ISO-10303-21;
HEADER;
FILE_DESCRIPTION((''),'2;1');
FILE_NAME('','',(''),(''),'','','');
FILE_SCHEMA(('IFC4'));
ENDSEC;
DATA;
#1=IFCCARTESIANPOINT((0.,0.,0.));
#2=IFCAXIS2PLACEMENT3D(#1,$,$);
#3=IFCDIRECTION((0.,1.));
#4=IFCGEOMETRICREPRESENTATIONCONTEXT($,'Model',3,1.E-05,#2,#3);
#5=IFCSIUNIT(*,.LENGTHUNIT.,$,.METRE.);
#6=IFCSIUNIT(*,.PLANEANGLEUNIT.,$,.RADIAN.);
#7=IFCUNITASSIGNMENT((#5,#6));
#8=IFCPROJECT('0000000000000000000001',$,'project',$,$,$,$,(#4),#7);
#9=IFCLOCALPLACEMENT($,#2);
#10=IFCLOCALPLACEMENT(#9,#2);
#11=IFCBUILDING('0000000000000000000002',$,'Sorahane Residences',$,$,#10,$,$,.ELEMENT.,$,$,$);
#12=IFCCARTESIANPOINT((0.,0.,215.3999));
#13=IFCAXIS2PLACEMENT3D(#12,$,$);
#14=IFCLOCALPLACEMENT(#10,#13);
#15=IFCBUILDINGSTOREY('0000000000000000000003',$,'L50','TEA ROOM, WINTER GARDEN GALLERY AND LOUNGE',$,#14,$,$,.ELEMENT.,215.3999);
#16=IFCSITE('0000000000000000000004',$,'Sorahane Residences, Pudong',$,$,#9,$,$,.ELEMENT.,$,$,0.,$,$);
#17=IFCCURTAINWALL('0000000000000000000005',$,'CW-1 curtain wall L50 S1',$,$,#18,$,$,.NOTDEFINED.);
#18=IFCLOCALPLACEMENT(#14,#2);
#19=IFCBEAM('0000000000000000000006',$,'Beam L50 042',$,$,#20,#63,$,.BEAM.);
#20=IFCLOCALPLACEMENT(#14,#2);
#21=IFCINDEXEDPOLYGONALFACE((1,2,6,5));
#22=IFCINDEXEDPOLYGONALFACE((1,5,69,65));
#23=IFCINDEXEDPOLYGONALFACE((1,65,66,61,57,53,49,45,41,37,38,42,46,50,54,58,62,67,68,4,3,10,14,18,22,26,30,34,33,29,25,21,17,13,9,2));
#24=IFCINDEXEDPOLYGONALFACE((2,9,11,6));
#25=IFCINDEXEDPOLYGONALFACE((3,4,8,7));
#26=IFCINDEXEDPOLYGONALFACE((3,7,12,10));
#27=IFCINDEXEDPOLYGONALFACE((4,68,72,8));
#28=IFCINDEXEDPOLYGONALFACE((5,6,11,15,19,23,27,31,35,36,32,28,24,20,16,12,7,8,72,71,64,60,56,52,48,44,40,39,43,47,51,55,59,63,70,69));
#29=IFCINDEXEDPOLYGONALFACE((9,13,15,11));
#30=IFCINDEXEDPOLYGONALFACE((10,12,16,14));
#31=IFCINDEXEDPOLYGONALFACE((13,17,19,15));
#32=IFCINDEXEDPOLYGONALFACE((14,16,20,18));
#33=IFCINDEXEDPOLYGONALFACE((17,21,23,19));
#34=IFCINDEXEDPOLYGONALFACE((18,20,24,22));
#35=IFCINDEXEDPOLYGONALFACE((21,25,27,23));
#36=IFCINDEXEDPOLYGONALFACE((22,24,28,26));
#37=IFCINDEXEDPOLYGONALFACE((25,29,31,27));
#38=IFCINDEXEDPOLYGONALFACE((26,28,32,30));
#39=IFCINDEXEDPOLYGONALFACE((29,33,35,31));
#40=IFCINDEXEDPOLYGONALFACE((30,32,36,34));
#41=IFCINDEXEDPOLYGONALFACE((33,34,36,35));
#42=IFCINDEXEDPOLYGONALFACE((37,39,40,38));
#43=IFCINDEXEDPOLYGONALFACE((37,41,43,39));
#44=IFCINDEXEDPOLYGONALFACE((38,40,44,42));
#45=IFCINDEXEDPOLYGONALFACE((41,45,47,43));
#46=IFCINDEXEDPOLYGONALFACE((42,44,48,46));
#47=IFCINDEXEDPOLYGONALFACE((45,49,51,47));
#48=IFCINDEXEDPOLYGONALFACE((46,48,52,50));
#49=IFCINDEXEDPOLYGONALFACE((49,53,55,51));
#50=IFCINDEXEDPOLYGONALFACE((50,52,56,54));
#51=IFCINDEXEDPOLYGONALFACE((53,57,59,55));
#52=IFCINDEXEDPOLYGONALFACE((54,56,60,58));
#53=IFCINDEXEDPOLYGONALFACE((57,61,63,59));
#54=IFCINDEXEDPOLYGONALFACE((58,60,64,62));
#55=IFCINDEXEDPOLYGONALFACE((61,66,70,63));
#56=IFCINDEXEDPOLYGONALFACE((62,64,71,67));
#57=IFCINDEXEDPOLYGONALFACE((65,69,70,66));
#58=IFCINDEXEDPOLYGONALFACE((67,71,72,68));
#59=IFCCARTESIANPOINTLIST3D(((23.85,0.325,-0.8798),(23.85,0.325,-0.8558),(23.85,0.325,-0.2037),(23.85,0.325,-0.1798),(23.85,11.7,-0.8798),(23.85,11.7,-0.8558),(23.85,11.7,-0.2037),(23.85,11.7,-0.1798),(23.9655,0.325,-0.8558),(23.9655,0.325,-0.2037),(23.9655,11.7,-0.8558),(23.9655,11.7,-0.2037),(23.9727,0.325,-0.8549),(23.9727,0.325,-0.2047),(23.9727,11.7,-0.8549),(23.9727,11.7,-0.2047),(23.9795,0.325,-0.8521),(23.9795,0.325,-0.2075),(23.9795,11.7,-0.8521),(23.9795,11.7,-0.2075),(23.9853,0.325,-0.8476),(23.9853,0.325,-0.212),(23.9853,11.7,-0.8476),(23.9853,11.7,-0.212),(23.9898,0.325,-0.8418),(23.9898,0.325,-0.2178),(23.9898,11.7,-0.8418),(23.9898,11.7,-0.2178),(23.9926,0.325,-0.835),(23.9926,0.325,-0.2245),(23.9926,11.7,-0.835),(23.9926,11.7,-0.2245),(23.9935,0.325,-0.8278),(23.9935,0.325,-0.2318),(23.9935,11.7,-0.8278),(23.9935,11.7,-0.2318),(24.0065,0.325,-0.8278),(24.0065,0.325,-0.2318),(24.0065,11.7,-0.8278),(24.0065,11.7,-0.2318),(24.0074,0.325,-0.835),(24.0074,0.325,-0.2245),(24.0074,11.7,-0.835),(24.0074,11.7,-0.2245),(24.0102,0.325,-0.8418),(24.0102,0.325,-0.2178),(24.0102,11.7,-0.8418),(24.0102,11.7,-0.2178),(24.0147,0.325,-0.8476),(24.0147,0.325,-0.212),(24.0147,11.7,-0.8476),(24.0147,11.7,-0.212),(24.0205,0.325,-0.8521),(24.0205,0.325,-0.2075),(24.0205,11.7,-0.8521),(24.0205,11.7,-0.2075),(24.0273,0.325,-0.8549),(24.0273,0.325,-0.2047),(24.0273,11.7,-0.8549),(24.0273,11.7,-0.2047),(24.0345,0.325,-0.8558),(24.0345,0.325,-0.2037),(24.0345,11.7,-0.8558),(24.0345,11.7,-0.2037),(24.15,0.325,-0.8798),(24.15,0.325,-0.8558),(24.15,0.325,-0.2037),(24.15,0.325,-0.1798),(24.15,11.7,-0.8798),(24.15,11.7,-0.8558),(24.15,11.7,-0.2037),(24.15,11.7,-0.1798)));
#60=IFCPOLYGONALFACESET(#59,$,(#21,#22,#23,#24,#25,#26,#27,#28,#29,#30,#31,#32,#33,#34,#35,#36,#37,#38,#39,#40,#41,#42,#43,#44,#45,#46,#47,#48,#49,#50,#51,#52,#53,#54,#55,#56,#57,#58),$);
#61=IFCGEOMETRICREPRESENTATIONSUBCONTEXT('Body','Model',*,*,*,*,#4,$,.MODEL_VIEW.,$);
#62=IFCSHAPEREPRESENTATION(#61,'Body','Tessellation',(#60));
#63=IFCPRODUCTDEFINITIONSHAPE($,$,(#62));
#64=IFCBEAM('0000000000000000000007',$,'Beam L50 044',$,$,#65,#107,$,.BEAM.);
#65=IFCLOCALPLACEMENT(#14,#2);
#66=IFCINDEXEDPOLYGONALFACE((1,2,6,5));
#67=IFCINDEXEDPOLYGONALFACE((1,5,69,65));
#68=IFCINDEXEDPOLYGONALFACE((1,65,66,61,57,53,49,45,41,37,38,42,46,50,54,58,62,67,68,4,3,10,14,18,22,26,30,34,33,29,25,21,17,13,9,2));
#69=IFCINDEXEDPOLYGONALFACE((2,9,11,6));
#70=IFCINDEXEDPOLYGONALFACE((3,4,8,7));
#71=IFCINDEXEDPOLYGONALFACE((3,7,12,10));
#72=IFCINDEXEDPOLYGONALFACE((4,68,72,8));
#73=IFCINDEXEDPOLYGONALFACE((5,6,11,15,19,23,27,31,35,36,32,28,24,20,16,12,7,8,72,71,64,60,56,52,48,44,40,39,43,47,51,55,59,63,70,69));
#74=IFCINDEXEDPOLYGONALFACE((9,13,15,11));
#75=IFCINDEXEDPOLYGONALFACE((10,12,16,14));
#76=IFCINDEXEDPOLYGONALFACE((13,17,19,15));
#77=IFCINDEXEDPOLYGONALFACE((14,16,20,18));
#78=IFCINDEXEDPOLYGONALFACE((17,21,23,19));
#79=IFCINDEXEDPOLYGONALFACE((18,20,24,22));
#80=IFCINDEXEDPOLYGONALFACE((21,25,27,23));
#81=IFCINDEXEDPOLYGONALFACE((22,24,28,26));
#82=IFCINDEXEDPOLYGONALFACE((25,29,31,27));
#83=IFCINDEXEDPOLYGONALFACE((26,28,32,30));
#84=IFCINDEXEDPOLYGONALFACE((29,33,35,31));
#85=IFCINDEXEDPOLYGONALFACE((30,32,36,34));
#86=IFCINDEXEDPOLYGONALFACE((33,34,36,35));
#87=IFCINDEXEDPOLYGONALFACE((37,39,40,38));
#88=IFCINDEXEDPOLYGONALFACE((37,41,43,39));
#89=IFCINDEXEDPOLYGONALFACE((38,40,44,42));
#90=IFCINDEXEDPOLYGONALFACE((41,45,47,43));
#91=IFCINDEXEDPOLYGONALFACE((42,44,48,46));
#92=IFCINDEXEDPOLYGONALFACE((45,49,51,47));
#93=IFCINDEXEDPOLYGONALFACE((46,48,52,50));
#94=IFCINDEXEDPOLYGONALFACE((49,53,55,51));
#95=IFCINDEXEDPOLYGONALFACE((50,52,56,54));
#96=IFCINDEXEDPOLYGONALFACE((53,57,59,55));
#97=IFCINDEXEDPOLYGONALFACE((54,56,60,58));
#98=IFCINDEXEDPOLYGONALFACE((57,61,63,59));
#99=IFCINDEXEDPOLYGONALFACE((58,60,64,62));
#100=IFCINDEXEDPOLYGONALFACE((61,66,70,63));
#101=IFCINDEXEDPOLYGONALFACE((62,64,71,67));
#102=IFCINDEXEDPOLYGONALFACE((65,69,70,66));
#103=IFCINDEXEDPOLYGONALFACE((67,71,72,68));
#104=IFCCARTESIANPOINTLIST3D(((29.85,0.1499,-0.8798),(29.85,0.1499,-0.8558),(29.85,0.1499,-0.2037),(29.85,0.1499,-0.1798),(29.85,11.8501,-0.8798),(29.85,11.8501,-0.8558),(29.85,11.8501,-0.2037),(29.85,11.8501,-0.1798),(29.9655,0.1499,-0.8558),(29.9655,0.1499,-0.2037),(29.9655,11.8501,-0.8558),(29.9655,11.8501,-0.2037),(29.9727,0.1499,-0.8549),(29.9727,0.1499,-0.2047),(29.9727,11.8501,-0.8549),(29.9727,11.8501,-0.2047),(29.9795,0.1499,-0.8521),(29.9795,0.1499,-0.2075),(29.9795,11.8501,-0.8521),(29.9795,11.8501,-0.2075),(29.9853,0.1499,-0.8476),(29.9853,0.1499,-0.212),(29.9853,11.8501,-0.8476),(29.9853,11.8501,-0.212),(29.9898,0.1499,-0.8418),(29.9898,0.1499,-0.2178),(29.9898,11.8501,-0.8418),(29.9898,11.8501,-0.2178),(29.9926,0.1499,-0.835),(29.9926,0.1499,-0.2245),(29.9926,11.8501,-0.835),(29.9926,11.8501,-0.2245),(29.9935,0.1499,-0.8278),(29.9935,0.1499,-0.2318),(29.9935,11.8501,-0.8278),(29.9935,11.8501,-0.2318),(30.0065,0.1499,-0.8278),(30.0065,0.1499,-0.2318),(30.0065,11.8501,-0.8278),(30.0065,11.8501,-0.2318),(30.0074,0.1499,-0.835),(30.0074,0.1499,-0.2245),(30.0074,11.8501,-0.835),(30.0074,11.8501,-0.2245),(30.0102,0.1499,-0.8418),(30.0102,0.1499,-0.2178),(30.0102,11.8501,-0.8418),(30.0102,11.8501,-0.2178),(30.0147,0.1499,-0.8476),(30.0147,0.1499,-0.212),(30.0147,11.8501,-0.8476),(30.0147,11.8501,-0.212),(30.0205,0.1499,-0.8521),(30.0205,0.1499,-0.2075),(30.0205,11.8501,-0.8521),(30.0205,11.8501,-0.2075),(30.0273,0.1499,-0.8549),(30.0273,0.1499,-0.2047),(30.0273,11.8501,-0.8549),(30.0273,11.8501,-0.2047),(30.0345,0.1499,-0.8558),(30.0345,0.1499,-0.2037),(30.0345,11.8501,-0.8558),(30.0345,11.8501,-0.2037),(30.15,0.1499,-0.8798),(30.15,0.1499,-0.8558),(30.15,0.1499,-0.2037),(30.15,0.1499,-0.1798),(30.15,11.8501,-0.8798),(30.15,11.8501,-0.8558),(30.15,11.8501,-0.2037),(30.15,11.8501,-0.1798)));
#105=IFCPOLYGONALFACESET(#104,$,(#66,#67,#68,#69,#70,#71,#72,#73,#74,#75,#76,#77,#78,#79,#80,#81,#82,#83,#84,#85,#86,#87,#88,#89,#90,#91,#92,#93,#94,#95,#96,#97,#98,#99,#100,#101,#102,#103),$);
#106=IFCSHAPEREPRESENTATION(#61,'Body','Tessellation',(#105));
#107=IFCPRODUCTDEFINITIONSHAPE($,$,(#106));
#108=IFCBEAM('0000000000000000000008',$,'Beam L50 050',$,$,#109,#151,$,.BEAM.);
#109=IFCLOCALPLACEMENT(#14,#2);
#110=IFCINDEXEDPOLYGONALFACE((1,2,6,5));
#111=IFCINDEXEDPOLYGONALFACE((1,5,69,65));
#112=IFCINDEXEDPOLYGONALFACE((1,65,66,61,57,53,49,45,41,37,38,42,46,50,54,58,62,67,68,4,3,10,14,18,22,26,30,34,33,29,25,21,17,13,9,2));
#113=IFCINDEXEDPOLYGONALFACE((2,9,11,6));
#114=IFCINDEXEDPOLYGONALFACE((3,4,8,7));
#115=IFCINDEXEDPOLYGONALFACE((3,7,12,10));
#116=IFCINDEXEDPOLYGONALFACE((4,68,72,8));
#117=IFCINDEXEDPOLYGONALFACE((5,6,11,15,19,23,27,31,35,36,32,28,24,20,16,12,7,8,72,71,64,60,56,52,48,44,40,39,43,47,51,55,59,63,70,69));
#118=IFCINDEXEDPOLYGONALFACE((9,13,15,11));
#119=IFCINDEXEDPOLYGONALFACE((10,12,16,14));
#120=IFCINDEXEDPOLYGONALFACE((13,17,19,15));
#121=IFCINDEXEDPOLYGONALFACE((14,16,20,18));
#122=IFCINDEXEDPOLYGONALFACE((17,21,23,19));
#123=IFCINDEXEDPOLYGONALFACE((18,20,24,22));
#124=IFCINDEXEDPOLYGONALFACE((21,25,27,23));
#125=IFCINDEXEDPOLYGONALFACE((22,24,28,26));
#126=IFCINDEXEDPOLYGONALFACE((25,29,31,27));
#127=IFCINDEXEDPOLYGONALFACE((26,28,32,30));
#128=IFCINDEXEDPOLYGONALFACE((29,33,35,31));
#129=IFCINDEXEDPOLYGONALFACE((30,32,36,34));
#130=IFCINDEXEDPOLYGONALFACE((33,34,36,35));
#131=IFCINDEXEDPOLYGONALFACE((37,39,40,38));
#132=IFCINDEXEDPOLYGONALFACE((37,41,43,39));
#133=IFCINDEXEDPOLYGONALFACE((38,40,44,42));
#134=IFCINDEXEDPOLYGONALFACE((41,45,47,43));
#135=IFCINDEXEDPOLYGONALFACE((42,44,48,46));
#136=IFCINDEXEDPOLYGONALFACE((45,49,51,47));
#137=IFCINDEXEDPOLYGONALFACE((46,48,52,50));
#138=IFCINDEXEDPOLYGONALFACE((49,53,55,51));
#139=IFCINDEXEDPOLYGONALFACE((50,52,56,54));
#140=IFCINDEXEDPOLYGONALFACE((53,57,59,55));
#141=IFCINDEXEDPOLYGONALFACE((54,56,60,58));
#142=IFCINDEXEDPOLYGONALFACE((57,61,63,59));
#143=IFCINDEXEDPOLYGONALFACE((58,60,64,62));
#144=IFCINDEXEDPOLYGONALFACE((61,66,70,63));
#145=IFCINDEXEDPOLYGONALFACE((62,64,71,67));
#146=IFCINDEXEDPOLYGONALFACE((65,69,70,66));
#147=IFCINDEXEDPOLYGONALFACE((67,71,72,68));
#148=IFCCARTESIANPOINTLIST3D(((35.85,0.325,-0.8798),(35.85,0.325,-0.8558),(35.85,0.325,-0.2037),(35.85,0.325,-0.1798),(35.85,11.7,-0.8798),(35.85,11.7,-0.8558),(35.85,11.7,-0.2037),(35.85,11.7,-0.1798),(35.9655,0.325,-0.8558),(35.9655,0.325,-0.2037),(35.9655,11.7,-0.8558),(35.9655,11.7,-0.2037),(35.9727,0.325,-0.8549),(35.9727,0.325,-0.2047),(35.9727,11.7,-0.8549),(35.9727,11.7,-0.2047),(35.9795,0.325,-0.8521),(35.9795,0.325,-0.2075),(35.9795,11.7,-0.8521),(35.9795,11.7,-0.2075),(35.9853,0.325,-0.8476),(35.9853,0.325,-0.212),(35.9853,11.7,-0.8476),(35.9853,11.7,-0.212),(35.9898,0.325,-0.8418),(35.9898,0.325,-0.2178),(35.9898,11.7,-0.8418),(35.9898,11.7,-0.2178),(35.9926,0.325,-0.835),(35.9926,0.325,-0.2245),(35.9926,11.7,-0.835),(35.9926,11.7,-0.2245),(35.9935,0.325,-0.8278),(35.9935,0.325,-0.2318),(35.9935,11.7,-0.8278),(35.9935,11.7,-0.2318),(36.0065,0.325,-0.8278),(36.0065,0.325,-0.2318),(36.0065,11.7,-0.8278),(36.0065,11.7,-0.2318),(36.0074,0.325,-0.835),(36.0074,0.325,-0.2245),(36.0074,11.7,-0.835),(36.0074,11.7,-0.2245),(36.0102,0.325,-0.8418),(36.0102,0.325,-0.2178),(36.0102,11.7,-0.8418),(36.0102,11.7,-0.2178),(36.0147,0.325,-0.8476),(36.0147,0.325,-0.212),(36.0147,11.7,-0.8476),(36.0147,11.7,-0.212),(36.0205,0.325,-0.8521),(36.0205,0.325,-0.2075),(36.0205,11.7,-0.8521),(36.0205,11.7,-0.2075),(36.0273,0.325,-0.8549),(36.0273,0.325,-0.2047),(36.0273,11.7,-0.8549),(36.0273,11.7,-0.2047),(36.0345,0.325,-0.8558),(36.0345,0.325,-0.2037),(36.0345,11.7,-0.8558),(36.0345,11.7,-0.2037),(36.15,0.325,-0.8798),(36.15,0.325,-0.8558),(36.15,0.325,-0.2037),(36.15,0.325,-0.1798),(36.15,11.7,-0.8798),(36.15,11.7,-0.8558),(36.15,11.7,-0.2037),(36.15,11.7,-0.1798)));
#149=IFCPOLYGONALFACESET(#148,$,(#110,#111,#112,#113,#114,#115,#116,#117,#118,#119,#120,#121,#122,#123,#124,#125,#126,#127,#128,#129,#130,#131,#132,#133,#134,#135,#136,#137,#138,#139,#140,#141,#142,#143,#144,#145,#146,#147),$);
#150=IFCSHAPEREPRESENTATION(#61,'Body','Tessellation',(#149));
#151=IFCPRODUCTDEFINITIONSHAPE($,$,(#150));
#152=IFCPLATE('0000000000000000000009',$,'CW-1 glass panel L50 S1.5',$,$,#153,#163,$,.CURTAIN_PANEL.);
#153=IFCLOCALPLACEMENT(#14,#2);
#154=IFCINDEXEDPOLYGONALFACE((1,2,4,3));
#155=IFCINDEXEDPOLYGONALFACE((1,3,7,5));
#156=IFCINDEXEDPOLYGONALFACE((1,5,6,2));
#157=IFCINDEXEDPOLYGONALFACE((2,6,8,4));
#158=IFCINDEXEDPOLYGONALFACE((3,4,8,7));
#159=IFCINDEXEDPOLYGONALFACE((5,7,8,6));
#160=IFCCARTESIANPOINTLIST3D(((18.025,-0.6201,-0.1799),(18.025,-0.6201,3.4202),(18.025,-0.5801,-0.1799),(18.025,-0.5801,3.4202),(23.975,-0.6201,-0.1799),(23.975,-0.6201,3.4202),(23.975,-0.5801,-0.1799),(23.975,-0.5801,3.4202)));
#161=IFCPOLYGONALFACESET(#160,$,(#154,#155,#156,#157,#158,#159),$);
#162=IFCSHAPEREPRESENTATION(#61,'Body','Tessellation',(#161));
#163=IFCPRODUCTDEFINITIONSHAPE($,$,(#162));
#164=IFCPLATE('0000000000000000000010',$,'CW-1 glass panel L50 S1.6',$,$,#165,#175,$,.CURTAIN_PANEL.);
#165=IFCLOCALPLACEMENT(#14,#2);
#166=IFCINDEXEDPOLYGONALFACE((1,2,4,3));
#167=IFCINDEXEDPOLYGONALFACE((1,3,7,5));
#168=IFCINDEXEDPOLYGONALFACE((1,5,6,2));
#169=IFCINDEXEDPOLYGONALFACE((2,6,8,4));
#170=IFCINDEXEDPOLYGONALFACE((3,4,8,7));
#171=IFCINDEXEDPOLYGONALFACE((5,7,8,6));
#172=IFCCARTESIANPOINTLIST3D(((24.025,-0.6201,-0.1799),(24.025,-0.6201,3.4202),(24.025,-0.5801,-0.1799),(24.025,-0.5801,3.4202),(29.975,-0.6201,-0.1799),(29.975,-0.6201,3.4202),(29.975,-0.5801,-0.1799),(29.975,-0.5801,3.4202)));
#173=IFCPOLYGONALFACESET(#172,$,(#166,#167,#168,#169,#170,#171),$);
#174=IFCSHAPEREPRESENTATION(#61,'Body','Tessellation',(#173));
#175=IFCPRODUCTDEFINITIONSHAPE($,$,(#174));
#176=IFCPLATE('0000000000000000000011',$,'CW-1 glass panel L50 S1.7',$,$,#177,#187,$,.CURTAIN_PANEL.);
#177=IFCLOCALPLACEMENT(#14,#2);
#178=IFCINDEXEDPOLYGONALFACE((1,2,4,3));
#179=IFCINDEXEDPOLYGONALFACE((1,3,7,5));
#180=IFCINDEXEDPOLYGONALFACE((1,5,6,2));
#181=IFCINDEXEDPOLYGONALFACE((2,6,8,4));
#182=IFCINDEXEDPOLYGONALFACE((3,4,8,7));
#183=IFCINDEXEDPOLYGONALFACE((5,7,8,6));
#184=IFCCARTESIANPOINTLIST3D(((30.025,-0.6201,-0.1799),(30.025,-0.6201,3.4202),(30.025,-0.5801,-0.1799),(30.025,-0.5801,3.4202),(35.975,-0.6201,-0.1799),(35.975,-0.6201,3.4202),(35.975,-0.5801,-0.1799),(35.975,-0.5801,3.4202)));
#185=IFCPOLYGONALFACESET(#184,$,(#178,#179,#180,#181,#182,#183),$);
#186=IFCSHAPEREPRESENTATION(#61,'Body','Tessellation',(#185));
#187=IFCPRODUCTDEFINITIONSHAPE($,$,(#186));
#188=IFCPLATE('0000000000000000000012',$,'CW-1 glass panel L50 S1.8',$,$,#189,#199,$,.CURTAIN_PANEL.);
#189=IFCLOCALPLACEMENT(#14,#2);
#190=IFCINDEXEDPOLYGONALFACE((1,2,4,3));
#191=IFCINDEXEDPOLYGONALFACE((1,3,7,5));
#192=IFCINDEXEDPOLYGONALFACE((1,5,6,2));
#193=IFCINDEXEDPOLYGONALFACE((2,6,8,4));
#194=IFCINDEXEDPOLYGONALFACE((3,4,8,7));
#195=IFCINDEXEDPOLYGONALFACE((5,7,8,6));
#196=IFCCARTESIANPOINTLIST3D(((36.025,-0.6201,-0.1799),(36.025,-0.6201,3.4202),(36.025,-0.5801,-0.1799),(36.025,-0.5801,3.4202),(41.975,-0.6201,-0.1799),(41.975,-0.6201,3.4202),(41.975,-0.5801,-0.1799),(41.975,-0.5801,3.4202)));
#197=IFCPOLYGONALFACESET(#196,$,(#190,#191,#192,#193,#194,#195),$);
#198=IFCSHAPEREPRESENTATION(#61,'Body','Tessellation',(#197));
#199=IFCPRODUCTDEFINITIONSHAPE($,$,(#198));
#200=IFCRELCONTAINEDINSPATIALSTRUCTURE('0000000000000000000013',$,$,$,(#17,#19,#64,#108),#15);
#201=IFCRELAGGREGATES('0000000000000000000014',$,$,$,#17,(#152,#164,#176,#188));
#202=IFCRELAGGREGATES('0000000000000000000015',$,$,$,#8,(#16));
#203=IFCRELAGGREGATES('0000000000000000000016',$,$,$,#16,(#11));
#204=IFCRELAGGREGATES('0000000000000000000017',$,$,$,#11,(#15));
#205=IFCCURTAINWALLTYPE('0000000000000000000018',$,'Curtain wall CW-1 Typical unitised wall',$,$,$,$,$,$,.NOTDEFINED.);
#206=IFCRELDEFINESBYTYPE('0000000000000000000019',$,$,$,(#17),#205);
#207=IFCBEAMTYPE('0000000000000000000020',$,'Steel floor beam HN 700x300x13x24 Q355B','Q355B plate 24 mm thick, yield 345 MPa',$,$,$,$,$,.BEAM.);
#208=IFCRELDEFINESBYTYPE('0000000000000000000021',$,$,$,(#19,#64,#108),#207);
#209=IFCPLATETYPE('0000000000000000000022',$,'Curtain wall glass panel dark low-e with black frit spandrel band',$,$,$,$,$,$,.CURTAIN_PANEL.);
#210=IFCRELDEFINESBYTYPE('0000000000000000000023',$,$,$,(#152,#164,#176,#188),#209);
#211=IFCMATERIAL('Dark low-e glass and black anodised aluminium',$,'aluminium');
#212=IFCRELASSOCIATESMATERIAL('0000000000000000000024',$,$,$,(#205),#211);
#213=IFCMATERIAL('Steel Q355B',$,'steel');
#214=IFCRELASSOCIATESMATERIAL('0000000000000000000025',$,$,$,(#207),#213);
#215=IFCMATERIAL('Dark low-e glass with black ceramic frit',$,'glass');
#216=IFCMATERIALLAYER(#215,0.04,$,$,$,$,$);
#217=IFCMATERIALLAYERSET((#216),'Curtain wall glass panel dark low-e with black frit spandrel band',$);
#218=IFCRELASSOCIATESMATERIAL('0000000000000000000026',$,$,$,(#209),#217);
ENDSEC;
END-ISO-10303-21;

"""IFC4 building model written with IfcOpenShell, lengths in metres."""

from ifc_helpers import new_model, si_unit, direction, frame, origin, origin_2d, place, context, subcontext, project, spatial, rectangle, i_section, extrude, material, layer, layer_set, material_profile, profile_set, type_object, element, aggregate, save


model = new_model("IFC4")

# Units and contexts
model_context = context("Model", 3, precision=1e-05, world=origin(), true_north=direction((0.0, 1.0)))
body_context = subcontext(model_context, "Body", "Model", "MODEL_VIEW")
ifc_project = project(units=[si_unit("LENGTHUNIT", "METRE"), si_unit("PLANEANGLEUNIT", "RADIAN")], contexts=[model_context])

# Site, building, storey
site_placement = place(None, origin())
site = spatial("IfcSite", under=ifc_project, at=site_placement, Name="Sorahane Residences, Pudong", CompositionType="ELEMENT", RefElevation=0.0)
building_placement = place(site_placement, origin())
building = spatial("IfcBuilding", under=site, at=building_placement, Name="Sorahane Residences", CompositionType="ELEMENT")
storey_placement = place(building_placement, frame((0.0, 0.0, 215.3999)))
storey = spatial("IfcBuildingStorey", under=building, at=storey_placement, Name="L50", Description="TEA ROOM, WINTER GARDEN GALLERY AND LOUNGE", CompositionType="ELEMENT", Elevation=215.3999)

# Curtain wall
ifc_material_1 = material(Name="Dark low-e glass and black anodised aluminium", Category="aluminium")
curtain_wall_type = type_object("IfcCurtainWallType", Name="Curtain wall CW-1 Typical unitised wall", PredefinedType="NOTDEFINED", material=ifc_material_1)
curtain_wall_placement = place(storey_placement, origin())
curtain_wall = element("IfcCurtainWall", 1, at=curtain_wall_placement, inside=storey, type_object=curtain_wall_type, Name="CW-1 curtain wall L50 S1", PredefinedType="NOTDEFINED")

# Beams
ifc_material_2 = material(Name="Steel Q355B", Category="steel")
ifc_material_profile_1 = material_profile(ifc_material_2, i_section(OverallWidth=0.3, OverallDepth=0.7, WebThickness=0.0129, FlangeThickness=0.0239, FilletRadius=0.0281, at=origin_2d()), Name="HN 700x300x13x24")
ifc_profile_set_1 = profile_set([ifc_material_profile_1], Name="Steel Q355B")
beam_type_1 = type_object("IfcBeamType", Name="Steel floor beam HN 700x300x13x24 Q355B", Description="Q355B plate 24 mm thick, yield 345 MPa", PredefinedType="BEAM", material=ifc_profile_set_1)
beam_1_placement = place(storey_placement, frame((24.0, 0.325, -0.5298), z_axis=(0.0, 1.0, 0.0), x_axis=(-1.0, 0.0, 0.0)))
element("IfcBeam", 2, at=beam_1_placement, inside=storey, type_object=beam_type_1, Name="Beam L50 042", PredefinedType="BEAM", context=body_context, shape_type="SweptSolid", body=[
    extrude(i_section(OverallWidth=0.3, OverallDepth=0.7, WebThickness=0.0129, FlangeThickness=0.0239, FilletRadius=0.0281, at=origin_2d()), origin(), (0.0, 0.0, 1.0), 11.375),
])
beam_2_placement = place(storey_placement, frame((30.0, 0.1499, -0.5298), z_axis=(0.0, 1.0, 0.0), x_axis=(-1.0, 0.0, 0.0)))
element("IfcBeam", 3, at=beam_2_placement, inside=storey, type_object=beam_type_1, Name="Beam L50 044", PredefinedType="BEAM", context=body_context, shape_type="SweptSolid", body=[
    extrude(i_section(OverallWidth=0.3, OverallDepth=0.7, WebThickness=0.0129, FlangeThickness=0.0239, FilletRadius=0.0281, at=origin_2d()), origin(), (0.0, 0.0, 1.0), 11.7002),
])
beam_3_placement = place(storey_placement, frame((36.0, 0.325, -0.5298), z_axis=(0.0, 1.0, 0.0), x_axis=(-1.0, 0.0, 0.0)))
element("IfcBeam", 4, at=beam_3_placement, inside=storey, type_object=beam_type_1, Name="Beam L50 050", PredefinedType="BEAM", context=body_context, shape_type="SweptSolid", body=[
    extrude(i_section(OverallWidth=0.3, OverallDepth=0.7, WebThickness=0.0129, FlangeThickness=0.0239, FilletRadius=0.0281, at=origin_2d()), origin(), (0.0, 0.0, 1.0), 11.375),
])

# Plates
ifc_material_3 = material(Name="Dark low-e glass with black ceramic frit", Category="glass")
ifc_layer_1 = layer(ifc_material_3, 0.04)
ifc_layer_set_1 = layer_set([ifc_layer_1], Name="Curtain wall glass panel dark low-e with black frit spandrel band")
plate_type = type_object("IfcPlateType", Name="Curtain wall glass panel dark low-e with black frit spandrel band", PredefinedType="CURTAIN_PANEL", material=ifc_layer_set_1)
plate_1_placement = place(storey_placement, frame((21.0, -0.6001, -0.1799), z_axis=(0.0, 0.0, 1.0), x_axis=(1.0, 0.0, 0.0)))
plate_1 = element("IfcPlate", 5, at=plate_1_placement, type_object=plate_type, Name="CW-1 glass panel L50 S1.5", PredefinedType="CURTAIN_PANEL", context=body_context, shape_type="SweptSolid", body=[
    extrude(rectangle(XDim=5.95, YDim=0.04, at=origin_2d()), origin(), (0.0, 0.0, 1.0), 3.6001),
])
plate_2_placement = place(storey_placement, frame((27.0, -0.6001, -0.1799), z_axis=(0.0, 0.0, 1.0), x_axis=(1.0, 0.0, 0.0)))
plate_2 = element("IfcPlate", 6, at=plate_2_placement, type_object=plate_type, Name="CW-1 glass panel L50 S1.6", PredefinedType="CURTAIN_PANEL", context=body_context, shape_type="SweptSolid", body=[
    extrude(rectangle(XDim=5.95, YDim=0.04, at=origin_2d()), origin(), (0.0, 0.0, 1.0), 3.6001),
])
plate_3_placement = place(storey_placement, frame((33.0, -0.6001, -0.1799), z_axis=(0.0, 0.0, 1.0), x_axis=(1.0, 0.0, 0.0)))
plate_3 = element("IfcPlate", 7, at=plate_3_placement, type_object=plate_type, Name="CW-1 glass panel L50 S1.7", PredefinedType="CURTAIN_PANEL", context=body_context, shape_type="SweptSolid", body=[
    extrude(rectangle(XDim=5.95, YDim=0.04, at=origin_2d()), origin(), (0.0, 0.0, 1.0), 3.6001),
])
plate_4_placement = place(storey_placement, frame((39.0, -0.6001, -0.1799), z_axis=(0.0, 0.0, 1.0), x_axis=(1.0, 0.0, 0.0)))
plate_4 = element("IfcPlate", 8, at=plate_4_placement, type_object=plate_type, Name="CW-1 glass panel L50 S1.8", PredefinedType="CURTAIN_PANEL", context=body_context, shape_type="SweptSolid", body=[
    extrude(rectangle(XDim=5.95, YDim=0.04, at=origin_2d()), origin(), (0.0, 0.0, 1.0), 3.6001),
])
aggregate(curtain_wall, [plate_1, plate_2, plate_3, plate_4])

save(model, "model.ifc")
